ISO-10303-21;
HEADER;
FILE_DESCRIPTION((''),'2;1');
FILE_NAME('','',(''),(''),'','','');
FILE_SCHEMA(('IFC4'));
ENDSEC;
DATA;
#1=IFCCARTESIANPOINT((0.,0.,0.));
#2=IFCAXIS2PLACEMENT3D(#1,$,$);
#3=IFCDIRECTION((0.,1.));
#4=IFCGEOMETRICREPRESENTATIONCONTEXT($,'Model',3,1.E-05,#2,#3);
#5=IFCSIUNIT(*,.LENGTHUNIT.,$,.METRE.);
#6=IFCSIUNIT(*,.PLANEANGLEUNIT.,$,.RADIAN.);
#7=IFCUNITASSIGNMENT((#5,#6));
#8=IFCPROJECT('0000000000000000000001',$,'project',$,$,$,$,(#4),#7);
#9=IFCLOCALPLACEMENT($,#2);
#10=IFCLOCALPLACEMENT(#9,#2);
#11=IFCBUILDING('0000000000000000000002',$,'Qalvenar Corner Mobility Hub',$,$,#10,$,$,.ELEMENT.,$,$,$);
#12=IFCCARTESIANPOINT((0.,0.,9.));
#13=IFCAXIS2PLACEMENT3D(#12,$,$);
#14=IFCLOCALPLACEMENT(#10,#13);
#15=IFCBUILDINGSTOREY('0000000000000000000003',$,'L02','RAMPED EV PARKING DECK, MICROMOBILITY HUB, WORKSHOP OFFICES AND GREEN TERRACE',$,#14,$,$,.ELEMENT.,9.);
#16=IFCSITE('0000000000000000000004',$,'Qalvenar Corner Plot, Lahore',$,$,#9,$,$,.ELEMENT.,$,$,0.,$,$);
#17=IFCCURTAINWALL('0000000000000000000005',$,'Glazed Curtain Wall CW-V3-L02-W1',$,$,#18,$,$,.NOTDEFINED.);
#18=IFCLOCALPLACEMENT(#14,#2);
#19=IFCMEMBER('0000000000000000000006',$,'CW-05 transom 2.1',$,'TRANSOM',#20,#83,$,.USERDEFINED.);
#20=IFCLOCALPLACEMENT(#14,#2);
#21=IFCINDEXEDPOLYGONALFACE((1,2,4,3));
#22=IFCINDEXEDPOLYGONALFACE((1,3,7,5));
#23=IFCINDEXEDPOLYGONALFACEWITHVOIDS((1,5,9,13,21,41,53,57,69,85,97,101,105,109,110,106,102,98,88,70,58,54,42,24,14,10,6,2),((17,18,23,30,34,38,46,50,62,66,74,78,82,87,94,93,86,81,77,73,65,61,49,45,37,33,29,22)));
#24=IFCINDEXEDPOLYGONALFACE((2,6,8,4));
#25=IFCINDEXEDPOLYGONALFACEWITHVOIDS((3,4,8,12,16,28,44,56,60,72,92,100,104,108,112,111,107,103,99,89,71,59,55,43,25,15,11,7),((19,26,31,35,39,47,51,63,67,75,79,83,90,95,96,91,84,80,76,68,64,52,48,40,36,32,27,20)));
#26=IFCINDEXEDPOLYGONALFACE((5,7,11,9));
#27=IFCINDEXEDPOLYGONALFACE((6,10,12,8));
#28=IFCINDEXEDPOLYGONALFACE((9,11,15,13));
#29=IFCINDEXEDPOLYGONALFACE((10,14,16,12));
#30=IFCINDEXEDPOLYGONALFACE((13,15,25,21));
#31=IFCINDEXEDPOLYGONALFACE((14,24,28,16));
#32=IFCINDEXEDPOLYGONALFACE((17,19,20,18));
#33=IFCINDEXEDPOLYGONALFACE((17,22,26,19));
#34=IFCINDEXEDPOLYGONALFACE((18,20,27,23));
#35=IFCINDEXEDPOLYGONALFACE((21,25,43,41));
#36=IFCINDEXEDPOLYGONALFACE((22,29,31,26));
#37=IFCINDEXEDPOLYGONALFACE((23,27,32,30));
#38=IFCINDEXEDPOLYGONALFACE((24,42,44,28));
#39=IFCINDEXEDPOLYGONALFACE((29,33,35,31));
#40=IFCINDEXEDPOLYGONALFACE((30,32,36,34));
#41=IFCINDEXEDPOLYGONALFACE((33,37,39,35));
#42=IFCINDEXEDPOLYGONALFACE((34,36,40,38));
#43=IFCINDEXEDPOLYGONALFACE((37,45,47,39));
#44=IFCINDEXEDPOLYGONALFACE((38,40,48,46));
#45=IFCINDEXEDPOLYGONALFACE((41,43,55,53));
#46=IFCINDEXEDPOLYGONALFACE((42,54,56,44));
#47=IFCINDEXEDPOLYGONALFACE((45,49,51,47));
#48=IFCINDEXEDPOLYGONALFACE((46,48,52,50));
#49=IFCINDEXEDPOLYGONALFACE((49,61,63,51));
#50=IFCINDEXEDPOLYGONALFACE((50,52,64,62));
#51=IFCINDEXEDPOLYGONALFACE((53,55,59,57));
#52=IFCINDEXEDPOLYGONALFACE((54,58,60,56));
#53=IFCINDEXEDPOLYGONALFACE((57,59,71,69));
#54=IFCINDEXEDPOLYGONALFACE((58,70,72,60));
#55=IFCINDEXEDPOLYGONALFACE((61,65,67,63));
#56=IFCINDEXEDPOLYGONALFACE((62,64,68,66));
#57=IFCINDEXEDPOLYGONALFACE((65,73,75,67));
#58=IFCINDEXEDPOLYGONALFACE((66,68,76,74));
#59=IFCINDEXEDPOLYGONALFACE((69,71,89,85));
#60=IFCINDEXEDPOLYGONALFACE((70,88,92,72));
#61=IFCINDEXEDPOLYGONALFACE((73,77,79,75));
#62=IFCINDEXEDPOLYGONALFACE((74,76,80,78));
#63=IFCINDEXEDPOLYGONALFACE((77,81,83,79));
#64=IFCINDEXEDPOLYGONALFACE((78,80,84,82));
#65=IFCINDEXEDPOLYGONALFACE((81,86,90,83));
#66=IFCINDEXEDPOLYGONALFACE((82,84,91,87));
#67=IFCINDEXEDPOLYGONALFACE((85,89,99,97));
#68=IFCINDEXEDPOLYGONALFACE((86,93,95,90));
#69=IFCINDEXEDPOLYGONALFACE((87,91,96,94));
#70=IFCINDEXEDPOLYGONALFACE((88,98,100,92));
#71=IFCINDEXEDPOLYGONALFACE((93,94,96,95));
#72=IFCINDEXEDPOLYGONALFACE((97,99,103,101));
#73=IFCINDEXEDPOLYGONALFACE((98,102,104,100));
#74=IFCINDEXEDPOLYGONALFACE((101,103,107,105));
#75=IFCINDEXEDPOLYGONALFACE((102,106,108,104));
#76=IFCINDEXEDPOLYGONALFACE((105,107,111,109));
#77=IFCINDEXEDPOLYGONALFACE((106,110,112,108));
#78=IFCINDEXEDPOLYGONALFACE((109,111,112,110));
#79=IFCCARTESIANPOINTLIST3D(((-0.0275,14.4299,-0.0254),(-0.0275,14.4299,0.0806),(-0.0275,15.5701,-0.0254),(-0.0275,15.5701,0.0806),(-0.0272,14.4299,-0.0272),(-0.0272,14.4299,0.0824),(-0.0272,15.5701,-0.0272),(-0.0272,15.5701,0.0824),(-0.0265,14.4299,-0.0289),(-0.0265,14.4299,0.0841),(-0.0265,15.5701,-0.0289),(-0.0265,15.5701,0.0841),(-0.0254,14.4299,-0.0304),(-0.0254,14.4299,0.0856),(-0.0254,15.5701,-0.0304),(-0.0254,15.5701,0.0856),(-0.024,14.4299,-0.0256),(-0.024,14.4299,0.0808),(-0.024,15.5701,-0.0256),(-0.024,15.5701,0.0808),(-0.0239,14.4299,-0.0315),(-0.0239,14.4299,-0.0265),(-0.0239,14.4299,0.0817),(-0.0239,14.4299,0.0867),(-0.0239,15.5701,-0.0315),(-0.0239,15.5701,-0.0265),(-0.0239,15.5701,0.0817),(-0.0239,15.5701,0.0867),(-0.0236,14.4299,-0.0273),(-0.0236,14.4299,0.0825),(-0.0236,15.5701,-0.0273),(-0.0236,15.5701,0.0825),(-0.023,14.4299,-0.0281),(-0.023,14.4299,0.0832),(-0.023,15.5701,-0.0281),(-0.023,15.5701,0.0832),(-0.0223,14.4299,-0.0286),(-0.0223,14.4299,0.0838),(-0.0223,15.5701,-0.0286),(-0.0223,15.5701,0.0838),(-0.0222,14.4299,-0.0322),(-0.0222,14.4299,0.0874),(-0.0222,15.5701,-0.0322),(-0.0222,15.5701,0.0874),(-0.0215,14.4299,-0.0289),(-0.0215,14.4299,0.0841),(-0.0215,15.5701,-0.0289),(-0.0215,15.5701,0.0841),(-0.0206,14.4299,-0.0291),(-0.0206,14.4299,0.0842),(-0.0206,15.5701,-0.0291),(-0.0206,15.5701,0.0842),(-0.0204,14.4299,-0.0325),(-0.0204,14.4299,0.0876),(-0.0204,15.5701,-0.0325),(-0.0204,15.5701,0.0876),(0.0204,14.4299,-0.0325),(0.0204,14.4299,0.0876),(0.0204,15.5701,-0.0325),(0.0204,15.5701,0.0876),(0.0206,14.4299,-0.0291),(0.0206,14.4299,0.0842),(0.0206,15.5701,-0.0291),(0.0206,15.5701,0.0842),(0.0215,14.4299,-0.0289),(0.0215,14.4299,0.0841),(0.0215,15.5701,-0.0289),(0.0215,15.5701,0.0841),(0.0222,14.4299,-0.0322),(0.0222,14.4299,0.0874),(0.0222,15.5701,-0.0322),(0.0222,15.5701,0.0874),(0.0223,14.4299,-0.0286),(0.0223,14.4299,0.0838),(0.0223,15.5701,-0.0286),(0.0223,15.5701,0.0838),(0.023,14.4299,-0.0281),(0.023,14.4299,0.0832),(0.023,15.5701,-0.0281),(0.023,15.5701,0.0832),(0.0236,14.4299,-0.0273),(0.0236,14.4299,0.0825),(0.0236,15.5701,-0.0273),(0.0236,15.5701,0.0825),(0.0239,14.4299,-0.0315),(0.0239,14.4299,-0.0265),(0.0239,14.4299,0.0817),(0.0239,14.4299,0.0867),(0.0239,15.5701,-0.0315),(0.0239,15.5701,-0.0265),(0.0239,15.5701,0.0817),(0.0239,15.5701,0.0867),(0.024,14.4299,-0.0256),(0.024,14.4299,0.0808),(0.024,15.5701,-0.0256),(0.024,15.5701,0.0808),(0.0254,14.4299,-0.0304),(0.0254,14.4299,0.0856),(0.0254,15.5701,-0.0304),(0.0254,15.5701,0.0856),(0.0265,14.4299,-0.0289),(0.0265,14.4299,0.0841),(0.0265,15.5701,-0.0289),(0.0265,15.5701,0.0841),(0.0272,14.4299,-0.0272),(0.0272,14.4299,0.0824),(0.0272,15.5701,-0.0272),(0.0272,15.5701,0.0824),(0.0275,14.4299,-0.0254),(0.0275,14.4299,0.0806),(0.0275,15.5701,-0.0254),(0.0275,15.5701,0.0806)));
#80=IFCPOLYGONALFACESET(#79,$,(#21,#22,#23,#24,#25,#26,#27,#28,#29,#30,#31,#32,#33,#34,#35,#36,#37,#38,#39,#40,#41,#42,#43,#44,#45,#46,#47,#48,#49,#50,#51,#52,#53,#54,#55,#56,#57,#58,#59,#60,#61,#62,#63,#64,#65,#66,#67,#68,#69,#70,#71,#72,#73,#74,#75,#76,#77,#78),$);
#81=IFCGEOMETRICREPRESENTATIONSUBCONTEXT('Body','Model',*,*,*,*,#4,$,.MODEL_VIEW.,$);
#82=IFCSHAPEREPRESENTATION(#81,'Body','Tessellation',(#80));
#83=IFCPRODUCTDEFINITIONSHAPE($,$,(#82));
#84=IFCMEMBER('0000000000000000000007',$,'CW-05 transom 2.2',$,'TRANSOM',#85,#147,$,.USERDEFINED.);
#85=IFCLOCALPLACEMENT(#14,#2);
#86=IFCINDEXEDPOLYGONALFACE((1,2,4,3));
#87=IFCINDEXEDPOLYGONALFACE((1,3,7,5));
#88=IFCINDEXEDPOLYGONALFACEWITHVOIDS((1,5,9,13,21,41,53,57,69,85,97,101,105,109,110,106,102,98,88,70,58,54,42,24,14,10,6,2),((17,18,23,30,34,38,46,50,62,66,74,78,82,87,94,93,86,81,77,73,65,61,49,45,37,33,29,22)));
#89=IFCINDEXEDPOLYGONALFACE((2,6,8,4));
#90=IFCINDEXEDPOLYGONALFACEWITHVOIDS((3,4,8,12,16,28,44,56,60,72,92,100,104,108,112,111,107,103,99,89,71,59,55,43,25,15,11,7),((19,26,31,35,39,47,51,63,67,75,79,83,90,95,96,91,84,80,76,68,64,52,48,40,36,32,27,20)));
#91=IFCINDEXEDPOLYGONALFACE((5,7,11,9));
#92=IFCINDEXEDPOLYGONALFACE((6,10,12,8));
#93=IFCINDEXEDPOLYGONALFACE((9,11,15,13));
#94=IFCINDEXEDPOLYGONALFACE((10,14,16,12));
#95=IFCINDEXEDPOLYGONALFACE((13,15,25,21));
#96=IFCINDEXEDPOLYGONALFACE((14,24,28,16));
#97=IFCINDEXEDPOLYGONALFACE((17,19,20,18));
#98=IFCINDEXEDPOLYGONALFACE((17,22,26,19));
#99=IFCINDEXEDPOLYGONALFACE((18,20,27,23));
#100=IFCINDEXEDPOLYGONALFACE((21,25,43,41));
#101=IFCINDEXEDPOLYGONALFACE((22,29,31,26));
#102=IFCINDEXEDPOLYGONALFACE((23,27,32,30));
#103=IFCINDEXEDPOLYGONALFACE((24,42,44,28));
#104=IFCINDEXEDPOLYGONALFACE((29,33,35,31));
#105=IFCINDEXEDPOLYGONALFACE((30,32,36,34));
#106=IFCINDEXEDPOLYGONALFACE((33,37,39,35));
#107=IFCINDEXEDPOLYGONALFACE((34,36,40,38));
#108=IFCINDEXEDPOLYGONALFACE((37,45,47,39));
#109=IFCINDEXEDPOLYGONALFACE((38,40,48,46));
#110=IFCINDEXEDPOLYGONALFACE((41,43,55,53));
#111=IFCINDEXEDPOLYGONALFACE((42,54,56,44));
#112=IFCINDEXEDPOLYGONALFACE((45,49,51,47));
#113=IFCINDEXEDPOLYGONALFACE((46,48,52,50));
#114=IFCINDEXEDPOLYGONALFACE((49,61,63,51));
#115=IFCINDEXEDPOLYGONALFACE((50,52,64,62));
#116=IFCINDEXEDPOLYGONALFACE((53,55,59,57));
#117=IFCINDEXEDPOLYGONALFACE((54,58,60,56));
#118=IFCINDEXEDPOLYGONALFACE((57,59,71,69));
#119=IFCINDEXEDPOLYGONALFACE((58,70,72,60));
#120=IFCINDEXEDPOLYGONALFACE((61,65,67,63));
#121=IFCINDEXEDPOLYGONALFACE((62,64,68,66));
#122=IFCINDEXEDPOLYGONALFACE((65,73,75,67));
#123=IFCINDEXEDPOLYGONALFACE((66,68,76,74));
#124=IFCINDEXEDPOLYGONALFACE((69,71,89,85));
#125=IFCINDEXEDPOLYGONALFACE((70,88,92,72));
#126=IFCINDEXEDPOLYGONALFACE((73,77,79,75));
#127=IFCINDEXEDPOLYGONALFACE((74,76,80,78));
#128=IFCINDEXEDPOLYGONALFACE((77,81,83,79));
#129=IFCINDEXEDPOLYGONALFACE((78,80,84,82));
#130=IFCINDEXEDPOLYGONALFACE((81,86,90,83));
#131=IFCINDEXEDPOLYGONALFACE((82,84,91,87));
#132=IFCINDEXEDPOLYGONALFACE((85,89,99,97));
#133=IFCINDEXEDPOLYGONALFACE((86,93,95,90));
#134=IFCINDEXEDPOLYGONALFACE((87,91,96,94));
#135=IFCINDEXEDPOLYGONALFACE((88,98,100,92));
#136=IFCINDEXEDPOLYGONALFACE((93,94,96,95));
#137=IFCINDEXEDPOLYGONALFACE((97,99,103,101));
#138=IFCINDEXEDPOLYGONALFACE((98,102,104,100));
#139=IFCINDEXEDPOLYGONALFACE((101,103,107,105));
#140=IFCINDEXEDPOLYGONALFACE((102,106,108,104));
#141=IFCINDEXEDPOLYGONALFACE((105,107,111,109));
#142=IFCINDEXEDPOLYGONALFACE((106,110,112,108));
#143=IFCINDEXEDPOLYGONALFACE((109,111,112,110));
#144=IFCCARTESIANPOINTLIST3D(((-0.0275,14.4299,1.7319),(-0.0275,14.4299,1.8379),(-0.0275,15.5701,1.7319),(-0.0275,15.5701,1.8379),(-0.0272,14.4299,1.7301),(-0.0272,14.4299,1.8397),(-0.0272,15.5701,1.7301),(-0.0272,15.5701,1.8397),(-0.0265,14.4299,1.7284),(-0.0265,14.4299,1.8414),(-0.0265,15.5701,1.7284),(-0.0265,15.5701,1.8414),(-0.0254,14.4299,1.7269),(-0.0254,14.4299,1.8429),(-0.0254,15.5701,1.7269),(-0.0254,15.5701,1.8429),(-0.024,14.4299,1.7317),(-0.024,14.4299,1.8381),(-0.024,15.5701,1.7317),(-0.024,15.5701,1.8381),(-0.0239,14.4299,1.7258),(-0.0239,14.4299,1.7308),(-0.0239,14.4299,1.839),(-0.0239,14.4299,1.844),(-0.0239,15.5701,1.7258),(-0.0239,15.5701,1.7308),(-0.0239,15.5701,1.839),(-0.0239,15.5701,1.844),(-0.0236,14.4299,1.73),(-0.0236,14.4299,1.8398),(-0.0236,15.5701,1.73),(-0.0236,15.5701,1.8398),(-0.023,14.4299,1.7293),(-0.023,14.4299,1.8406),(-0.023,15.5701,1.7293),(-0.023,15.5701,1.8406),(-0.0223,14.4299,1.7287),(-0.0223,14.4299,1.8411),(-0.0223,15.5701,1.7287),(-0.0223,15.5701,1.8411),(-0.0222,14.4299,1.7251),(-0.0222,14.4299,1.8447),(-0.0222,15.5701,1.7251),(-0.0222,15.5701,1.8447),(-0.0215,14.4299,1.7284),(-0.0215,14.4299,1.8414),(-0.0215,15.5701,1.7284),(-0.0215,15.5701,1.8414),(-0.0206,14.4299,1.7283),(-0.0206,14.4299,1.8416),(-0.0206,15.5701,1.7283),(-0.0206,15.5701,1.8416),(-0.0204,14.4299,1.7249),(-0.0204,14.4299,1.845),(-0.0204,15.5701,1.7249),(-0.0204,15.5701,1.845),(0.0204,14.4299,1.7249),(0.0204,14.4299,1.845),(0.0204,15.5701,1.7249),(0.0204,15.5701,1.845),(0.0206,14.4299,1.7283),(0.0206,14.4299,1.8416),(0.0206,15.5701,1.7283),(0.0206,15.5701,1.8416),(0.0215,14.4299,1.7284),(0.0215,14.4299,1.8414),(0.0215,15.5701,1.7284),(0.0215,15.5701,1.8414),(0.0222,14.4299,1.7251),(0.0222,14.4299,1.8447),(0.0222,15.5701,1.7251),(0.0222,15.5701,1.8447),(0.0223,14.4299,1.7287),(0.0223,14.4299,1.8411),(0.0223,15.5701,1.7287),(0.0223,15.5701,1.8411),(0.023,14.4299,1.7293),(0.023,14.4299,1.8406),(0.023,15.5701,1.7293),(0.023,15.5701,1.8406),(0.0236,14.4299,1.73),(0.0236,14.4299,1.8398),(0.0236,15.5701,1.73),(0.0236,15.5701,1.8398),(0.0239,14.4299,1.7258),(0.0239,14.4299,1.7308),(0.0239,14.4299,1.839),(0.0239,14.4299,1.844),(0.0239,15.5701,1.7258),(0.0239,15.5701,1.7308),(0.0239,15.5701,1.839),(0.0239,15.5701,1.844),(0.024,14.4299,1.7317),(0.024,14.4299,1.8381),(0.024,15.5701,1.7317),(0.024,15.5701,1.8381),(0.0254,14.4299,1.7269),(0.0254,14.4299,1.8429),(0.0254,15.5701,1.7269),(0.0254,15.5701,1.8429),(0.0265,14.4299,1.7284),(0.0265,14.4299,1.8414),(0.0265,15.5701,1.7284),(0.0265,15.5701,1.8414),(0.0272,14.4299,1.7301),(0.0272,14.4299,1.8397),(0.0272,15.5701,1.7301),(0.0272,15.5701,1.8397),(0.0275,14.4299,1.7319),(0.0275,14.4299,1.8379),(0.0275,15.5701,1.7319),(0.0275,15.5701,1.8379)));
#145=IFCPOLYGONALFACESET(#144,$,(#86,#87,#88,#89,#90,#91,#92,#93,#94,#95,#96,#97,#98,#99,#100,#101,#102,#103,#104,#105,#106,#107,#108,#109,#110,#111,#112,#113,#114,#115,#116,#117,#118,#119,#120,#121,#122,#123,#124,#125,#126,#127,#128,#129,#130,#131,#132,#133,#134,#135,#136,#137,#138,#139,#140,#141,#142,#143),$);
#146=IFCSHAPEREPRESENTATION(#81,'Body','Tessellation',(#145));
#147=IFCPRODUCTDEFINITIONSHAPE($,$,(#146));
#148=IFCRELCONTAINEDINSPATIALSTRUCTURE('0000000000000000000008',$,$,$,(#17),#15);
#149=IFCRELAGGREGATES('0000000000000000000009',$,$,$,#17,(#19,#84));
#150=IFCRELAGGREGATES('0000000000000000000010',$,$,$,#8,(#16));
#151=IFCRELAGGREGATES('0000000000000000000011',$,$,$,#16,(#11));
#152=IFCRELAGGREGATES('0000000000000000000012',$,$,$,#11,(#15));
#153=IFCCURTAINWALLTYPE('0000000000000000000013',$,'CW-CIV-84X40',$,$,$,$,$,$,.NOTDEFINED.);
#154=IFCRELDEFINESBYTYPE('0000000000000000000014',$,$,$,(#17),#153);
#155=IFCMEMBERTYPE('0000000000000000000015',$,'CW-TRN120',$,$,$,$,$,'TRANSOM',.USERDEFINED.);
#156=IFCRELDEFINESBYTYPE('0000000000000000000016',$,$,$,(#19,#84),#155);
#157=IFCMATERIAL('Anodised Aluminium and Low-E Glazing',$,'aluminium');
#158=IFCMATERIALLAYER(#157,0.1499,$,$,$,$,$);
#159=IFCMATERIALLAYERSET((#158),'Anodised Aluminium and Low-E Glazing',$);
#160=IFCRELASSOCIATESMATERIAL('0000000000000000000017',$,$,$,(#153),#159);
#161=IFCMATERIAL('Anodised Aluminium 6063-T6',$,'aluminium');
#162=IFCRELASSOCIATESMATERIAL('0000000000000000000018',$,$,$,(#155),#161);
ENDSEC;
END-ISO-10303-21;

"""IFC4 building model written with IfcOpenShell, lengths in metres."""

from ifc_helpers import new_model, si_unit, direction, frame, origin, origin_2d, place, context, subcontext, project, spatial, hollow_rectangle, extrude, material, layer, layer_set, material_profile, profile_set, type_object, element, aggregate, save


model = new_model("IFC4")

# Units and contexts
model_context = context("Model", 3, precision=1e-05, world=origin(), true_north=direction((0.0, 1.0)))
body_context = subcontext(model_context, "Body", "Model", "MODEL_VIEW")
ifc_project = project(units=[si_unit("LENGTHUNIT", "METRE"), si_unit("PLANEANGLEUNIT", "RADIAN")], contexts=[model_context])

# Site, building, storey
site_placement = place(None, origin())
site = spatial("IfcSite", under=ifc_project, at=site_placement, Name="Qalvenar Corner Plot, Lahore", CompositionType="ELEMENT", RefElevation=0.0)
building_placement = place(site_placement, origin())
building = spatial("IfcBuilding", under=site, at=building_placement, Name="Qalvenar Corner Mobility Hub", CompositionType="ELEMENT")
storey_placement = place(building_placement, frame((0.0, 0.0, 9.0)))
storey = spatial("IfcBuildingStorey", under=building, at=storey_placement, Name="L02", Description="RAMPED EV PARKING DECK, MICROMOBILITY HUB, WORKSHOP OFFICES AND GREEN TERRACE", CompositionType="ELEMENT", Elevation=9.0)

# Curtain wall
ifc_material_1 = material(Name="Anodised Aluminium and Low-E Glazing", Category="aluminium")
ifc_layer_1 = layer(ifc_material_1, 0.1499)
ifc_layer_set_1 = layer_set([ifc_layer_1], Name="Anodised Aluminium and Low-E Glazing")
curtain_wall_type = type_object("IfcCurtainWallType", Name="CW-CIV-84X40", PredefinedType="NOTDEFINED", material=ifc_layer_set_1)
curtain_wall_1_placement = place(storey_placement, origin())
curtain_wall_1 = element("IfcCurtainWall", 1, at=curtain_wall_1_placement, inside=storey, type_object=curtain_wall_type, Name="Glazed Curtain Wall CW-V3-L02-W1", PredefinedType="NOTDEFINED")
ifc_material_2 = material(Name="Anodised Aluminium 6063-T6", Category="aluminium")

# Members
ifc_material_profile_1 = material_profile(ifc_material_2, hollow_rectangle(XDim=0.0549, YDim=0.1201, WallThickness=0.0034, InnerFilletRadius=0.0034, OuterFilletRadius=0.0071, at=origin_2d()), Name="RHS120x55x3.5")
ifc_profile_set_1 = profile_set([ifc_material_profile_1], Name="Anodised Aluminium 6063-T6")
member_type_1 = type_object("IfcMemberType", Name="CW-TRN120", ElementType="TRANSOM", PredefinedType="USERDEFINED", material=ifc_profile_set_1)
member_1_placement = place(storey_placement, frame((0.0, 15.5701, 0.0276), z_axis=(0.0, -1.0, 0.0), x_axis=(1.0, 0.0, 0.0)))
member_1 = element("IfcMember", 2, at=member_1_placement, type_object=member_type_1, Name="CW-05 transom 2.1", ObjectType="TRANSOM", PredefinedType="USERDEFINED", context=body_context, shape_type="SweptSolid", body=[
    extrude(hollow_rectangle(XDim=0.0549, YDim=0.1201, WallThickness=0.0034, InnerFilletRadius=0.0034, OuterFilletRadius=0.0071, at=origin_2d()), origin(), (0.0, 0.0, 1.0), 1.1401),
])
member_2_placement = place(storey_placement, frame((0.0, 15.5701, 1.7849), z_axis=(0.0, -1.0, 0.0), x_axis=(1.0, 0.0, 0.0)))
member_2 = element("IfcMember", 3, at=member_2_placement, type_object=member_type_1, Name="CW-05 transom 2.2", ObjectType="TRANSOM", PredefinedType="USERDEFINED", context=body_context, shape_type="SweptSolid", body=[
    extrude(hollow_rectangle(XDim=0.0549, YDim=0.1201, WallThickness=0.0034, InnerFilletRadius=0.0034, OuterFilletRadius=0.0071, at=origin_2d()), origin(), (0.0, 0.0, 1.0), 1.1401),
])

aggregate(curtain_wall_1, [member_1, member_2])

save(model, "model.ifc")
